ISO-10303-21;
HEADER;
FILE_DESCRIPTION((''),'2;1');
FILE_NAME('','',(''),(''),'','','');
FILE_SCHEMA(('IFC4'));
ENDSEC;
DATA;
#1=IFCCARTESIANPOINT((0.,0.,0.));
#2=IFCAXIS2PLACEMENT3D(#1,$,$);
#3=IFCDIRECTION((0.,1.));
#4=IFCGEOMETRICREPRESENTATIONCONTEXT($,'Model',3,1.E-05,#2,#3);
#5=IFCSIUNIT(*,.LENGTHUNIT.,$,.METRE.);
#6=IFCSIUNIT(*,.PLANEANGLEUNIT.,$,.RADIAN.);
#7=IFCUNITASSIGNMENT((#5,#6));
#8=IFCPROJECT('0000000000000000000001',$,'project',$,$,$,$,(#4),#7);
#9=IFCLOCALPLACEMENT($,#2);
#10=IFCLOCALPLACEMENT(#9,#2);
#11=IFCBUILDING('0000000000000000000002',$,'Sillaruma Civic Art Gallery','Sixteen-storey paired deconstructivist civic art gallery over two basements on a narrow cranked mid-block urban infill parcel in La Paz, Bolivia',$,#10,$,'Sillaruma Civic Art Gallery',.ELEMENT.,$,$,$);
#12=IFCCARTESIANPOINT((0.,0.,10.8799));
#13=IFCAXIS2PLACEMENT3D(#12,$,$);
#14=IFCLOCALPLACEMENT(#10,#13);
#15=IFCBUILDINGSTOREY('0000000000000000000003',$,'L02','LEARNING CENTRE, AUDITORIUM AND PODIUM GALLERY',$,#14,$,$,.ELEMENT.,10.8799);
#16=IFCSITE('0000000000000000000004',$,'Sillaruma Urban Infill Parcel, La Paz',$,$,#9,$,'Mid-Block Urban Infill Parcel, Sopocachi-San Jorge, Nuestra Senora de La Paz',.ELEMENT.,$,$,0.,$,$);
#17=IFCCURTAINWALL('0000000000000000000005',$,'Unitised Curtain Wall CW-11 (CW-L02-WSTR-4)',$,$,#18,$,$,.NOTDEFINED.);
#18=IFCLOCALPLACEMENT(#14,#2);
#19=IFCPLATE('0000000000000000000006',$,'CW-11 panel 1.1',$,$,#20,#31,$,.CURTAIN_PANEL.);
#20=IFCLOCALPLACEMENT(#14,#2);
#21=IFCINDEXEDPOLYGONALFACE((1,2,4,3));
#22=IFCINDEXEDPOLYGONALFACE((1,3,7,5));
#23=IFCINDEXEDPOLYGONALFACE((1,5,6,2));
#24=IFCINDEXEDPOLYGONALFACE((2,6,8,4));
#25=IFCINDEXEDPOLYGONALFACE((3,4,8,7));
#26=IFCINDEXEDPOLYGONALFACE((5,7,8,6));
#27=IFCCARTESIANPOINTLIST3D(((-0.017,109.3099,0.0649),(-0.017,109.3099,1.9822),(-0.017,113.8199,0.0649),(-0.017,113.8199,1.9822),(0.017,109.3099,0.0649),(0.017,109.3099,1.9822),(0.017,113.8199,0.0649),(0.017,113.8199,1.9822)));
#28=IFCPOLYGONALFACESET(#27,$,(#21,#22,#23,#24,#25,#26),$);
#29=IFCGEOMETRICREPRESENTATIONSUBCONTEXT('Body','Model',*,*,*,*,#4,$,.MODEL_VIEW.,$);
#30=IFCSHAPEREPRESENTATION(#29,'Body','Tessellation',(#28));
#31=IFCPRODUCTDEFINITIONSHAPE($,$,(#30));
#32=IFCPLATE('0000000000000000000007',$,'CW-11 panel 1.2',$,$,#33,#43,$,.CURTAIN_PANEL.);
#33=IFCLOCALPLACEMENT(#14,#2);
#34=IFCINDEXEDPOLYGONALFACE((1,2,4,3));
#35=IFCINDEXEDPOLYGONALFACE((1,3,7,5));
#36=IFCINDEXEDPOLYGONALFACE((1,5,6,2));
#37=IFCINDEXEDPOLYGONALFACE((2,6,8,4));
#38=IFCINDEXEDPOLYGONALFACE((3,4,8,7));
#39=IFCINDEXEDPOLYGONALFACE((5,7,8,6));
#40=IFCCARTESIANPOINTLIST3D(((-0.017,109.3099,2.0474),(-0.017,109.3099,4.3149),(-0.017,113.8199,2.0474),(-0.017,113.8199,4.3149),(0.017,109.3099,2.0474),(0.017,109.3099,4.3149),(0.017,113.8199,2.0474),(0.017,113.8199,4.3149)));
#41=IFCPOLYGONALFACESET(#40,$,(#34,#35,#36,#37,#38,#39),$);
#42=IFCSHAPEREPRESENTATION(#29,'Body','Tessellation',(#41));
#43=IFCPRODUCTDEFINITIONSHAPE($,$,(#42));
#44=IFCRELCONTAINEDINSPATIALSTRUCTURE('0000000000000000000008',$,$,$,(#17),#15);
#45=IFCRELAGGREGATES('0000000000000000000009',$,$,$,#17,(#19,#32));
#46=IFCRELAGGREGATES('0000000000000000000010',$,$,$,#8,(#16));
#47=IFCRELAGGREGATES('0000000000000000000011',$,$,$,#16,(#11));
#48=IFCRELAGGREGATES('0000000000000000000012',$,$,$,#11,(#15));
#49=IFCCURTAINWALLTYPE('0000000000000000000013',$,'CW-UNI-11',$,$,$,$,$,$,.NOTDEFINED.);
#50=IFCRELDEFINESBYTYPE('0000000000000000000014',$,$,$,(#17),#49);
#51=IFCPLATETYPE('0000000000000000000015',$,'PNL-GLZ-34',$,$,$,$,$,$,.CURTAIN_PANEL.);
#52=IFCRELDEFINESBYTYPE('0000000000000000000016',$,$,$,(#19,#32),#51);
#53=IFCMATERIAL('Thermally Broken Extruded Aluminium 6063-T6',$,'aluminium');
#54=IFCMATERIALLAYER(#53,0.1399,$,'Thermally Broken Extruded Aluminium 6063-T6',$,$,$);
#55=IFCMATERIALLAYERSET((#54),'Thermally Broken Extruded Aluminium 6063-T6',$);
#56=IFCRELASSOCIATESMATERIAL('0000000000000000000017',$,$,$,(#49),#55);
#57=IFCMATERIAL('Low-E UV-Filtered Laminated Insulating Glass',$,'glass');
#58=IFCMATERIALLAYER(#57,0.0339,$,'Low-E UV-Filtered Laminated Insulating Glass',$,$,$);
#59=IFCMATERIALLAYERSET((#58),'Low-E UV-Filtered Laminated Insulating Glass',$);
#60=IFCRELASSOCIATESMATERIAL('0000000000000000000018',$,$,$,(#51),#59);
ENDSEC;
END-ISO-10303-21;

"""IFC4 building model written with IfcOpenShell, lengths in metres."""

from ifc_helpers import new_model, si_unit, direction, frame, origin, origin_2d, place, context, subcontext, project, spatial, rectangle, extrude, material, layer, layer_set, type_object, element, aggregate, save


model = new_model("IFC4")

# Units and contexts
model_context = context("Model", 3, precision=1e-05, world=origin(), true_north=direction((0.0, 1.0)))
body_context = subcontext(model_context, "Body", "Model", "MODEL_VIEW")
ifc_project = project(units=[si_unit("LENGTHUNIT", "METRE"), si_unit("PLANEANGLEUNIT", "RADIAN")], contexts=[model_context])

# Site, building, storey
site_placement = place(None, origin())
site = spatial("IfcSite", under=ifc_project, at=site_placement, Name="Sillaruma Urban Infill Parcel, La Paz", LongName="Mid-Block Urban Infill Parcel, Sopocachi-San Jorge, Nuestra Senora de La Paz", CompositionType="ELEMENT", RefElevation=0.0)
building_placement = place(site_placement, origin())
building = spatial("IfcBuilding", under=site, at=building_placement, Name="Sillaruma Civic Art Gallery", Description="Sixteen-storey paired deconstructivist civic art gallery over two basements on a narrow cranked mid-block urban infill parcel in La Paz, Bolivia", LongName="Sillaruma Civic Art Gallery", CompositionType="ELEMENT")
storey_placement = place(building_placement, frame((0.0, 0.0, 10.8799)))
storey = spatial("IfcBuildingStorey", under=building, at=storey_placement, Name="L02", Description="LEARNING CENTRE, AUDITORIUM AND PODIUM GALLERY", CompositionType="ELEMENT", Elevation=10.8799)

# Curtain wall
ifc_material_1 = material(Name="Thermally Broken Extruded Aluminium 6063-T6", Category="aluminium")
ifc_layer_1 = layer(ifc_material_1, 0.1399, Name="Thermally Broken Extruded Aluminium 6063-T6")
ifc_layer_set_1 = layer_set([ifc_layer_1], Name="Thermally Broken Extruded Aluminium 6063-T6")
curtain_wall_type_1 = type_object("IfcCurtainWallType", Name="CW-UNI-11", PredefinedType="NOTDEFINED", material=ifc_layer_set_1)
curtain_wall_1_placement = place(storey_placement, origin())
curtain_wall_1 = element("IfcCurtainWall", 1, at=curtain_wall_1_placement, inside=storey, type_object=curtain_wall_type_1, Name="Unitised Curtain Wall CW-11 (CW-L02-WSTR-4)", PredefinedType="NOTDEFINED")

# Plates
ifc_material_2 = material(Name="Low-E UV-Filtered Laminated Insulating Glass", Category="glass")
ifc_layer_2 = layer(ifc_material_2, 0.0339, Name="Low-E UV-Filtered Laminated Insulating Glass")
ifc_layer_set_2 = layer_set([ifc_layer_2], Name="Low-E UV-Filtered Laminated Insulating Glass")
plate_type_1 = type_object("IfcPlateType", Name="PNL-GLZ-34", PredefinedType="CURTAIN_PANEL", material=ifc_layer_set_2)
plate_1_placement = place(storey_placement, frame((0.0, 111.5649, 0.0649), z_axis=(0.0, 0.0, 1.0), x_axis=(0.0, 1.0, 0.0)))
plate_1 = element("IfcPlate", 2, at=plate_1_placement, type_object=plate_type_1, Name="CW-11 panel 1.1", PredefinedType="CURTAIN_PANEL", context=body_context, shape_type="SweptSolid", body=[
    extrude(rectangle(XDim=4.51, YDim=0.0339, at=origin_2d()), origin(), (0.0, 0.0, 1.0), 1.9172),
])
plate_2_placement = place(storey_placement, frame((0.0, 111.5649, 2.0474), z_axis=(0.0, 0.0, 1.0), x_axis=(0.0, 1.0, 0.0)))
plate_2 = element("IfcPlate", 3, at=plate_2_placement, type_object=plate_type_1, Name="CW-11 panel 1.2", PredefinedType="CURTAIN_PANEL", context=body_context, shape_type="SweptSolid", body=[
    extrude(rectangle(XDim=4.51, YDim=0.0339, at=origin_2d()), origin(), (0.0, 0.0, 1.0), 2.2676),
])
aggregate(curtain_wall_1, [plate_1, plate_2])

save(model, "model.ifc")
